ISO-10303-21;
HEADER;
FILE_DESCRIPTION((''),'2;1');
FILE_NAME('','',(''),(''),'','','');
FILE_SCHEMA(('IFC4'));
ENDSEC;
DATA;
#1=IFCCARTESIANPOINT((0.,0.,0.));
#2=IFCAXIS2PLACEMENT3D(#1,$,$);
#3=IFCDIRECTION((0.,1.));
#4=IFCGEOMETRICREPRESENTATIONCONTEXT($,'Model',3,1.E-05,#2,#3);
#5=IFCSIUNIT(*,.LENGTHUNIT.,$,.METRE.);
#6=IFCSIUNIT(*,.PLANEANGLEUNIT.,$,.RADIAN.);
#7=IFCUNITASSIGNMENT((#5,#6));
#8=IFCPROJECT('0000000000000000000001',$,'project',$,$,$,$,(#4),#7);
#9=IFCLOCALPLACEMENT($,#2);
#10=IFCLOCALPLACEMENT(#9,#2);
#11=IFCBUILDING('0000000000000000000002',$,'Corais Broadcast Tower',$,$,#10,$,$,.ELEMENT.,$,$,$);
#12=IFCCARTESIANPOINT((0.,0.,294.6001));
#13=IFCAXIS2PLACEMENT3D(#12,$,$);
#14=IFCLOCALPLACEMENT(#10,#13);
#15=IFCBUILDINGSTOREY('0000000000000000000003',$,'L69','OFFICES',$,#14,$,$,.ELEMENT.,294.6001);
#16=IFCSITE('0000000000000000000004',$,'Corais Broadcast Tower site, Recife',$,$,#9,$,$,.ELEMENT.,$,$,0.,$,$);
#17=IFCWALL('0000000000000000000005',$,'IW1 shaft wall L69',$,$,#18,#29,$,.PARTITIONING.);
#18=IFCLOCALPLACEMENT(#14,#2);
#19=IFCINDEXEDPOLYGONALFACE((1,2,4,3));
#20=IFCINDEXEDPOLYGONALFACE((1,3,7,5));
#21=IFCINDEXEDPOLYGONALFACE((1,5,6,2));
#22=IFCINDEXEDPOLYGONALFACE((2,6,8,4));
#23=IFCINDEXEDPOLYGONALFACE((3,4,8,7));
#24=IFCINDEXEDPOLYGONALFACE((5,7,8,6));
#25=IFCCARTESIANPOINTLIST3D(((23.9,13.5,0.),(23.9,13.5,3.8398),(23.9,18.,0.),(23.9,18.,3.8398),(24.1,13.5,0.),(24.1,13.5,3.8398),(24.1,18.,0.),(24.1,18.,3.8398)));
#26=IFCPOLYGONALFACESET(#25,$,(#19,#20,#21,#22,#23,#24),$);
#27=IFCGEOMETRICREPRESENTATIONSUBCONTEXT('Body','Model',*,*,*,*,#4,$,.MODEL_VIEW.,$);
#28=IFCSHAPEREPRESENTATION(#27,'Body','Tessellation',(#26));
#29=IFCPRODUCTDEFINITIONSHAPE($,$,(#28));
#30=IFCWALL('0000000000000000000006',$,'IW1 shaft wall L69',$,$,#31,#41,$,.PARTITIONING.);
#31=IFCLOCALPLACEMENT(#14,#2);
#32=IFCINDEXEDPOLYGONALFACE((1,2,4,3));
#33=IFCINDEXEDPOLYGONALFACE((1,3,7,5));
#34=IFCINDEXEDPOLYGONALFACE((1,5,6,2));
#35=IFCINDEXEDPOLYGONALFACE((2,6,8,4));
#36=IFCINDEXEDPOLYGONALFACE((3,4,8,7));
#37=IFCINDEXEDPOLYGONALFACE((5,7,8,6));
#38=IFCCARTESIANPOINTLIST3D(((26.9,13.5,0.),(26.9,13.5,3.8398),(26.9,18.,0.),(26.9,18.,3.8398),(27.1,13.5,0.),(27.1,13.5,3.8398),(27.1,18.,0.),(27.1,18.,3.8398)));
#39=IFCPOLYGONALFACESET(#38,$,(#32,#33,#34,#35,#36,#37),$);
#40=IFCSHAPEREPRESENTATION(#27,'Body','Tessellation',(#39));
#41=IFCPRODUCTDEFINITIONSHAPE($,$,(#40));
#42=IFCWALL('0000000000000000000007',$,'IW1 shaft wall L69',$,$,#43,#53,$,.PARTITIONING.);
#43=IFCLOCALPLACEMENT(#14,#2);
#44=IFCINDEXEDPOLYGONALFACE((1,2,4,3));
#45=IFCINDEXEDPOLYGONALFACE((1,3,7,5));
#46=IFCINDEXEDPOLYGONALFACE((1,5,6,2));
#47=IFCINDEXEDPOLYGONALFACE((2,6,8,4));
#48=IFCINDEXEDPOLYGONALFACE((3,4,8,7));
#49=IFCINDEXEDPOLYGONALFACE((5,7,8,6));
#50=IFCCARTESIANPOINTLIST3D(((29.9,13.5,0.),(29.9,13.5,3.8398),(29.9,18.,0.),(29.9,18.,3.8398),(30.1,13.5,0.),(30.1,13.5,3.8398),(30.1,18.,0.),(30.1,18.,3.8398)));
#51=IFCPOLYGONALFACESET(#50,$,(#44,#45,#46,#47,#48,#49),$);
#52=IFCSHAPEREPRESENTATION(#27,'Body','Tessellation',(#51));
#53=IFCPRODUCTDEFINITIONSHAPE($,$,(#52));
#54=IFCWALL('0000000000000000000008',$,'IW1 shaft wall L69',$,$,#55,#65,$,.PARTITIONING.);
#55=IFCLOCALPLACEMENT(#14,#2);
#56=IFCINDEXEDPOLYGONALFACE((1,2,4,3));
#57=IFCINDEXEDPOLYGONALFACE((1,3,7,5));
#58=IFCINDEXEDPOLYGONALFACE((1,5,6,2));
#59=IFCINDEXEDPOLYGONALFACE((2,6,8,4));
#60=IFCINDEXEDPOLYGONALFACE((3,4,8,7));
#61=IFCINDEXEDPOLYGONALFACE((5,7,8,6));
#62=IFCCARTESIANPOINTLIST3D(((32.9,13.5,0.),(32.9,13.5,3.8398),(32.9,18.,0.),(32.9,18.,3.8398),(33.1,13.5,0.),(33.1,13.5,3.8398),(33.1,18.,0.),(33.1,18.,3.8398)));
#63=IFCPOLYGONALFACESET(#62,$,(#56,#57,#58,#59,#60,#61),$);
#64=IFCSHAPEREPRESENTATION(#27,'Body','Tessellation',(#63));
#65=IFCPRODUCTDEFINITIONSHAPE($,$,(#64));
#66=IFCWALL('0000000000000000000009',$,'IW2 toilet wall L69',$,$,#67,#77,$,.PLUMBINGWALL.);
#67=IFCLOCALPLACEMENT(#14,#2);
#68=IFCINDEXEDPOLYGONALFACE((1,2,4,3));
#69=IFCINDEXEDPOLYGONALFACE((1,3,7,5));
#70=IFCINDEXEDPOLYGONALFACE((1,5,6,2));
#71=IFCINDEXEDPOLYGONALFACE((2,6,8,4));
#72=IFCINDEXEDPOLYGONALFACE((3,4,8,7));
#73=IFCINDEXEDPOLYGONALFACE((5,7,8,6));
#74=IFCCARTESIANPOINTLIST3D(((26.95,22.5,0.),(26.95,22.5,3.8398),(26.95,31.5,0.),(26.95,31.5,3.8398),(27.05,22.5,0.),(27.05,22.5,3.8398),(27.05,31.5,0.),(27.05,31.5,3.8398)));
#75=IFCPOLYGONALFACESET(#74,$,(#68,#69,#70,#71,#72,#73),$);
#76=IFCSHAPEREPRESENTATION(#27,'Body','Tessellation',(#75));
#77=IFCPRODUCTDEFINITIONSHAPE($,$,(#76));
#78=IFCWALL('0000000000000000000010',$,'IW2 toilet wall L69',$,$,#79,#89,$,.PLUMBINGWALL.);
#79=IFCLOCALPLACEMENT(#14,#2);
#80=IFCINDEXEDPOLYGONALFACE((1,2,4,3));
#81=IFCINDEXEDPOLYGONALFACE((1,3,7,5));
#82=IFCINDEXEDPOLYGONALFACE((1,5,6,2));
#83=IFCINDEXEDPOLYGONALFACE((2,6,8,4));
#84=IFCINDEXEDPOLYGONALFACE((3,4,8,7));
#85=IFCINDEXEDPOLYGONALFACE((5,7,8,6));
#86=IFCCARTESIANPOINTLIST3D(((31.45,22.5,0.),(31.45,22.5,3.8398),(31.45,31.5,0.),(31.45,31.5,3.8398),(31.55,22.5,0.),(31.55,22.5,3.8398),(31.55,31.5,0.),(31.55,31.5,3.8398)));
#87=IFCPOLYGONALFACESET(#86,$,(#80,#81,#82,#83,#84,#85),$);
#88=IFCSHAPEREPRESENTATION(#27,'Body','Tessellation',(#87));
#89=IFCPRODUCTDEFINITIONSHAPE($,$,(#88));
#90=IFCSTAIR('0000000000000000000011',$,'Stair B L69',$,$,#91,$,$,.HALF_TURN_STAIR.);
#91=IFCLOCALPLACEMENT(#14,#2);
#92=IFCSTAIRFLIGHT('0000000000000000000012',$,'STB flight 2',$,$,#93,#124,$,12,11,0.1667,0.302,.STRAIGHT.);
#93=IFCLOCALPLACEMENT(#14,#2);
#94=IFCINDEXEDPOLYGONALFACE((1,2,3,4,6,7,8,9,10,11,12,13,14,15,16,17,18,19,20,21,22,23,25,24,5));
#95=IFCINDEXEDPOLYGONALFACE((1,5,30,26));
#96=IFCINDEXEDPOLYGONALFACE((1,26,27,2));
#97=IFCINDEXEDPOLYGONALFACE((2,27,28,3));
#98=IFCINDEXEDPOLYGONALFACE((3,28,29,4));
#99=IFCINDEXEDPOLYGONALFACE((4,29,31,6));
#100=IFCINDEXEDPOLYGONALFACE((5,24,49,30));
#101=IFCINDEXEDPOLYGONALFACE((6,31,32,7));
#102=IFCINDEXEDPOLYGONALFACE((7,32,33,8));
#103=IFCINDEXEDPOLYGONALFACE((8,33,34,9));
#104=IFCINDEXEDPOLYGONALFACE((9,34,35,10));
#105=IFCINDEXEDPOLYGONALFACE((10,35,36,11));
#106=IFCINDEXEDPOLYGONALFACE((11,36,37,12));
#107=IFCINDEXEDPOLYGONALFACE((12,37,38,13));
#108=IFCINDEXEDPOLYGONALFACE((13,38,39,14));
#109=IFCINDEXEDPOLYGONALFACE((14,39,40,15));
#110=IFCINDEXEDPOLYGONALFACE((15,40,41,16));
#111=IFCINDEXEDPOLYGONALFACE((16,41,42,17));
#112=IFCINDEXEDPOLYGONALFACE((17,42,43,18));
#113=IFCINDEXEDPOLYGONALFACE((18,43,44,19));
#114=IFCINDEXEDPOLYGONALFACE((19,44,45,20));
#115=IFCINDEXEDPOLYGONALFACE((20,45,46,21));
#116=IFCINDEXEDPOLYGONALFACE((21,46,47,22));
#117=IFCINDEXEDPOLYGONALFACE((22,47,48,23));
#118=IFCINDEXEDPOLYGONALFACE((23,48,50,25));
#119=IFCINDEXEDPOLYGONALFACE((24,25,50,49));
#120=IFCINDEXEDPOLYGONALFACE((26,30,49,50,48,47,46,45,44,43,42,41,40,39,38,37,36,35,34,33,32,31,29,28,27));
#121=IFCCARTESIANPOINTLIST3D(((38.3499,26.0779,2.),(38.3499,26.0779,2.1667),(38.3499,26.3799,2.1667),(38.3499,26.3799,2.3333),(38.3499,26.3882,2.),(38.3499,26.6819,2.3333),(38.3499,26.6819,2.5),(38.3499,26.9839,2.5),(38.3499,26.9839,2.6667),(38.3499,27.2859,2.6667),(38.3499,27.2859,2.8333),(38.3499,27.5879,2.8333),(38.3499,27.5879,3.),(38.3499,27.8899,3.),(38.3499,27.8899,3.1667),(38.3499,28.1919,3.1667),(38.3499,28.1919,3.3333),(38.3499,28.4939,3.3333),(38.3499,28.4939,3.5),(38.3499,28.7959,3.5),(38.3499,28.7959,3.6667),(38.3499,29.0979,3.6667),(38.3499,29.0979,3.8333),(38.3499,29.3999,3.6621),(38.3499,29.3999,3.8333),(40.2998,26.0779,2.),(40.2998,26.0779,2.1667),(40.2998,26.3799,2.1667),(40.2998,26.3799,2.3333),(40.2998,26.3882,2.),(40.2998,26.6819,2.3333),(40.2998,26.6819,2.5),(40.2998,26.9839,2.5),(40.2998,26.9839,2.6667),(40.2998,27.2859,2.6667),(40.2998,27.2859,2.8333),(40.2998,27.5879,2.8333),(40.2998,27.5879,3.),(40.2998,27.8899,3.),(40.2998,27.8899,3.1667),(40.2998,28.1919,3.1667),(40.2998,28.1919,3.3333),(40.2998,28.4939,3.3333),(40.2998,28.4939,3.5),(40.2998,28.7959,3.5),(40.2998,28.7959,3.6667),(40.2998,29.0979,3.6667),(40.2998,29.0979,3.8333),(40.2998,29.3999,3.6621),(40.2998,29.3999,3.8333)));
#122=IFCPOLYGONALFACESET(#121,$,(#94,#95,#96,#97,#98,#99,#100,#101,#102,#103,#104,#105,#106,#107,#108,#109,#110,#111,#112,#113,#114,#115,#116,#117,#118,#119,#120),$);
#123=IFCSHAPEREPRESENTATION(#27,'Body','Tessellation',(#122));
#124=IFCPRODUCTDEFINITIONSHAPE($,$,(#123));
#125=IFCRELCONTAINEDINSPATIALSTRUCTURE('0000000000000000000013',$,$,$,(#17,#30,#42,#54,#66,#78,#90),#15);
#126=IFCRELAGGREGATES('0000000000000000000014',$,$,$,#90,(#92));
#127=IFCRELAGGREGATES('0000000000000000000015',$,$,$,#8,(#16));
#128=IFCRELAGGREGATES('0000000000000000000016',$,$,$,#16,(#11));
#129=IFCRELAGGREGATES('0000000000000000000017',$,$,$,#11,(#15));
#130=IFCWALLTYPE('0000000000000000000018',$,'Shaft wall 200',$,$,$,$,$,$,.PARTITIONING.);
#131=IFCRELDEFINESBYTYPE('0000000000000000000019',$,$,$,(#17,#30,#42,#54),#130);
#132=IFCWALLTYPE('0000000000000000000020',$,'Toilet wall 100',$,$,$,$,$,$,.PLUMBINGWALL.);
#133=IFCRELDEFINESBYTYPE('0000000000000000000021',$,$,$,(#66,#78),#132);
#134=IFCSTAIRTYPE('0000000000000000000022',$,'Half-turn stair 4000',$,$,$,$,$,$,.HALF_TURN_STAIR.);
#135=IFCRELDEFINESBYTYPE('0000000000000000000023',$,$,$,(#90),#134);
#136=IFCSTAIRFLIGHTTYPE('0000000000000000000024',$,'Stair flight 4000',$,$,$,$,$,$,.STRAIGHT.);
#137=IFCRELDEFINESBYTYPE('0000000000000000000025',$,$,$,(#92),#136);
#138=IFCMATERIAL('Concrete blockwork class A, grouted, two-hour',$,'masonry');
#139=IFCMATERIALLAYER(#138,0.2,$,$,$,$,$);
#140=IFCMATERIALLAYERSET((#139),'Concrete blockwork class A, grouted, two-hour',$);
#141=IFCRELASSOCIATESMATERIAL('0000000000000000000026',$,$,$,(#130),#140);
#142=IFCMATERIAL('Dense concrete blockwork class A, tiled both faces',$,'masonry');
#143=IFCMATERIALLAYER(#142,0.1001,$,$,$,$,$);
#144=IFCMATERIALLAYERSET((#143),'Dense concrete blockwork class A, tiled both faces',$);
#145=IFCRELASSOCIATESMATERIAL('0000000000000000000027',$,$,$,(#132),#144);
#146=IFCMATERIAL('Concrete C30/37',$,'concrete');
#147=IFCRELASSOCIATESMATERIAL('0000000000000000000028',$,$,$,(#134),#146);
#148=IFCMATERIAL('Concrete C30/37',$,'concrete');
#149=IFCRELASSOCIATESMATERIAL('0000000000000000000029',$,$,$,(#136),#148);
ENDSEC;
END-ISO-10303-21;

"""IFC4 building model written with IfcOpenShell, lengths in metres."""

from ifc_helpers import new_model, si_unit, direction, frame, frame_2d, origin, place, context, subcontext, project, spatial, polyline, rectangle, outline, extrude, material, layer, layer_set, type_object, element, aggregate, save


model = new_model("IFC4")

# Units and contexts
model_context = context("Model", 3, precision=1e-05, world=origin(), true_north=direction((0.0, 1.0)))
body_context = subcontext(model_context, "Body", "Model", "MODEL_VIEW")
ifc_project = project(units=[si_unit("LENGTHUNIT", "METRE"), si_unit("PLANEANGLEUNIT", "RADIAN")], contexts=[model_context])

# Site, building, storey
site_placement = place(None, origin())
site = spatial("IfcSite", under=ifc_project, at=site_placement, Name="Corais Broadcast Tower site, Recife", CompositionType="ELEMENT", RefElevation=0.0)
building_placement = place(site_placement, origin())
building = spatial("IfcBuilding", under=site, at=building_placement, Name="Corais Broadcast Tower", CompositionType="ELEMENT")
storey_placement = place(building_placement, frame((0.0, 0.0, 294.6001)))
storey = spatial("IfcBuildingStorey", under=building, at=storey_placement, Name="L69", Description="OFFICES", CompositionType="ELEMENT", Elevation=294.6001)

# Walls
ifc_material_1 = material(Name="Concrete blockwork class A, grouted, two-hour", Category="masonry")
ifc_layer_1 = layer(ifc_material_1, 0.2)
ifc_layer_set_1 = layer_set([ifc_layer_1], Name="Concrete blockwork class A, grouted, two-hour")
wall_type_1 = type_object("IfcWallType", Name="Shaft wall 200", PredefinedType="PARTITIONING", material=ifc_layer_set_1)
for number, where, z_axis, x_axis, name in (
    (1, (24.0, 13.5, 0.0), (0.0, 0.0, 1.0), (0.0, 1.0, 0.0), "IW1 shaft wall L69"),
    (2, (27.0, 13.5, 0.0), (0.0, 0.0, 1.0), (0.0, 1.0, 0.0), "IW1 shaft wall L69"),
    (3, (30.0, 13.5, 0.0), (0.0, 0.0, 1.0), (0.0, 1.0, 0.0), "IW1 shaft wall L69"),
    (4, (33.0, 13.5, 0.0), (0.0, 0.0, 1.0), (0.0, 1.0, 0.0), "IW1 shaft wall L69"),
):
    element("IfcWall", number, at=place(storey_placement, frame(where, z_axis=z_axis, x_axis=x_axis)), inside=storey, type_object=wall_type_1, Name=name, PredefinedType="PARTITIONING", context=body_context, shape_type="SweptSolid", body=[
        extrude(rectangle(XDim=4.5, YDim=0.2, at=frame_2d((2.25, 0.0))), origin(), (0.0, 0.0, 1.0), 3.8398),
    ])
ifc_material_2 = material(Name="Dense concrete blockwork class A, tiled both faces", Category="masonry")
ifc_layer_2 = layer(ifc_material_2, 0.1001)
ifc_layer_set_2 = layer_set([ifc_layer_2], Name="Dense concrete blockwork class A, tiled both faces")
wall_type_2 = type_object("IfcWallType", Name="Toilet wall 100", PredefinedType="PLUMBINGWALL", material=ifc_layer_set_2)
for number, where, z_axis, x_axis, name in (
    (5, (27.0, 22.5, 0.0), (0.0, 0.0, 1.0), (0.0, 1.0, 0.0), "IW2 toilet wall L69"),
    (6, (31.5, 22.5, 0.0), (0.0, 0.0, 1.0), (0.0, 1.0, 0.0), "IW2 toilet wall L69"),
):
    element("IfcWall", number, at=place(storey_placement, frame(where, z_axis=z_axis, x_axis=x_axis)), inside=storey, type_object=wall_type_2, Name=name, PredefinedType="PLUMBINGWALL", context=body_context, shape_type="SweptSolid", body=[
        extrude(rectangle(XDim=9.0, YDim=0.1001, at=frame_2d((4.5, 0.0))), origin(), (0.0, 0.0, 1.0), 3.8398),
    ])

# Stair, stair flight
ifc_material_3 = material(Name="Concrete C30/37", Category="concrete")
stair_type = type_object("IfcStairType", Name="Half-turn stair 4000", PredefinedType="HALF_TURN_STAIR", material=ifc_material_3)
stair_placement = place(storey_placement, origin())
stair = element("IfcStair", 7, at=stair_placement, inside=storey, type_object=stair_type, Name="Stair B L69", PredefinedType="HALF_TURN_STAIR")
ifc_material_4 = material(Name="Concrete C30/37", Category="concrete")
stair_flight_type = type_object("IfcStairFlightType", Name="Stair flight 4000", PredefinedType="STRAIGHT", material=ifc_material_4)
stair_flight_placement = place(storey_placement, frame((39.325, 26.0779, 2.0), z_axis=(0.0, 0.0, 1.0), x_axis=(0.0, 1.0, 0.0)))
stair_flight = element("IfcStairFlight", 8, at=stair_flight_placement, type_object=stair_flight_type, Name="STB flight 2", NumberOfRisers=12, NumberOfTreads=11, PredefinedType="STRAIGHT", RiserHeight=0.1667, TreadLength=0.302, context=body_context, shape_type="SweptSolid", body=[
    extrude(outline(polyline([(0.0, 0.0), (0.0, 0.1667), (0.302, 0.1667), (0.302, 0.3333), (0.604, 0.3333), (0.604, 0.5), (0.906, 0.5), (0.906, 0.6667), (1.208, 0.6667), (1.208, 0.8333), (1.51, 0.8333), (1.51, 1.0), (1.812, 1.0), (1.812, 1.1667), (2.114, 1.1667), (2.114, 1.3333), (2.416, 1.3333), (2.416, 1.5), (2.718, 1.5), (2.718, 1.6667), (3.02, 1.6667), (3.02, 1.8333), (3.322, 1.8333), (3.322, 2.0), (3.322, 1.6621), (0.3103, 0.0), (0.0, 0.0)])), frame((0.0, 0.9751, 0.0), z_axis=(0.0, -1.0, 0.0), x_axis=(1.0, 0.0, 0.0)), (0.0, 0.0, 1.0), 1.95),
])
aggregate(stair, [stair_flight])

save(model, "model.ifc")
